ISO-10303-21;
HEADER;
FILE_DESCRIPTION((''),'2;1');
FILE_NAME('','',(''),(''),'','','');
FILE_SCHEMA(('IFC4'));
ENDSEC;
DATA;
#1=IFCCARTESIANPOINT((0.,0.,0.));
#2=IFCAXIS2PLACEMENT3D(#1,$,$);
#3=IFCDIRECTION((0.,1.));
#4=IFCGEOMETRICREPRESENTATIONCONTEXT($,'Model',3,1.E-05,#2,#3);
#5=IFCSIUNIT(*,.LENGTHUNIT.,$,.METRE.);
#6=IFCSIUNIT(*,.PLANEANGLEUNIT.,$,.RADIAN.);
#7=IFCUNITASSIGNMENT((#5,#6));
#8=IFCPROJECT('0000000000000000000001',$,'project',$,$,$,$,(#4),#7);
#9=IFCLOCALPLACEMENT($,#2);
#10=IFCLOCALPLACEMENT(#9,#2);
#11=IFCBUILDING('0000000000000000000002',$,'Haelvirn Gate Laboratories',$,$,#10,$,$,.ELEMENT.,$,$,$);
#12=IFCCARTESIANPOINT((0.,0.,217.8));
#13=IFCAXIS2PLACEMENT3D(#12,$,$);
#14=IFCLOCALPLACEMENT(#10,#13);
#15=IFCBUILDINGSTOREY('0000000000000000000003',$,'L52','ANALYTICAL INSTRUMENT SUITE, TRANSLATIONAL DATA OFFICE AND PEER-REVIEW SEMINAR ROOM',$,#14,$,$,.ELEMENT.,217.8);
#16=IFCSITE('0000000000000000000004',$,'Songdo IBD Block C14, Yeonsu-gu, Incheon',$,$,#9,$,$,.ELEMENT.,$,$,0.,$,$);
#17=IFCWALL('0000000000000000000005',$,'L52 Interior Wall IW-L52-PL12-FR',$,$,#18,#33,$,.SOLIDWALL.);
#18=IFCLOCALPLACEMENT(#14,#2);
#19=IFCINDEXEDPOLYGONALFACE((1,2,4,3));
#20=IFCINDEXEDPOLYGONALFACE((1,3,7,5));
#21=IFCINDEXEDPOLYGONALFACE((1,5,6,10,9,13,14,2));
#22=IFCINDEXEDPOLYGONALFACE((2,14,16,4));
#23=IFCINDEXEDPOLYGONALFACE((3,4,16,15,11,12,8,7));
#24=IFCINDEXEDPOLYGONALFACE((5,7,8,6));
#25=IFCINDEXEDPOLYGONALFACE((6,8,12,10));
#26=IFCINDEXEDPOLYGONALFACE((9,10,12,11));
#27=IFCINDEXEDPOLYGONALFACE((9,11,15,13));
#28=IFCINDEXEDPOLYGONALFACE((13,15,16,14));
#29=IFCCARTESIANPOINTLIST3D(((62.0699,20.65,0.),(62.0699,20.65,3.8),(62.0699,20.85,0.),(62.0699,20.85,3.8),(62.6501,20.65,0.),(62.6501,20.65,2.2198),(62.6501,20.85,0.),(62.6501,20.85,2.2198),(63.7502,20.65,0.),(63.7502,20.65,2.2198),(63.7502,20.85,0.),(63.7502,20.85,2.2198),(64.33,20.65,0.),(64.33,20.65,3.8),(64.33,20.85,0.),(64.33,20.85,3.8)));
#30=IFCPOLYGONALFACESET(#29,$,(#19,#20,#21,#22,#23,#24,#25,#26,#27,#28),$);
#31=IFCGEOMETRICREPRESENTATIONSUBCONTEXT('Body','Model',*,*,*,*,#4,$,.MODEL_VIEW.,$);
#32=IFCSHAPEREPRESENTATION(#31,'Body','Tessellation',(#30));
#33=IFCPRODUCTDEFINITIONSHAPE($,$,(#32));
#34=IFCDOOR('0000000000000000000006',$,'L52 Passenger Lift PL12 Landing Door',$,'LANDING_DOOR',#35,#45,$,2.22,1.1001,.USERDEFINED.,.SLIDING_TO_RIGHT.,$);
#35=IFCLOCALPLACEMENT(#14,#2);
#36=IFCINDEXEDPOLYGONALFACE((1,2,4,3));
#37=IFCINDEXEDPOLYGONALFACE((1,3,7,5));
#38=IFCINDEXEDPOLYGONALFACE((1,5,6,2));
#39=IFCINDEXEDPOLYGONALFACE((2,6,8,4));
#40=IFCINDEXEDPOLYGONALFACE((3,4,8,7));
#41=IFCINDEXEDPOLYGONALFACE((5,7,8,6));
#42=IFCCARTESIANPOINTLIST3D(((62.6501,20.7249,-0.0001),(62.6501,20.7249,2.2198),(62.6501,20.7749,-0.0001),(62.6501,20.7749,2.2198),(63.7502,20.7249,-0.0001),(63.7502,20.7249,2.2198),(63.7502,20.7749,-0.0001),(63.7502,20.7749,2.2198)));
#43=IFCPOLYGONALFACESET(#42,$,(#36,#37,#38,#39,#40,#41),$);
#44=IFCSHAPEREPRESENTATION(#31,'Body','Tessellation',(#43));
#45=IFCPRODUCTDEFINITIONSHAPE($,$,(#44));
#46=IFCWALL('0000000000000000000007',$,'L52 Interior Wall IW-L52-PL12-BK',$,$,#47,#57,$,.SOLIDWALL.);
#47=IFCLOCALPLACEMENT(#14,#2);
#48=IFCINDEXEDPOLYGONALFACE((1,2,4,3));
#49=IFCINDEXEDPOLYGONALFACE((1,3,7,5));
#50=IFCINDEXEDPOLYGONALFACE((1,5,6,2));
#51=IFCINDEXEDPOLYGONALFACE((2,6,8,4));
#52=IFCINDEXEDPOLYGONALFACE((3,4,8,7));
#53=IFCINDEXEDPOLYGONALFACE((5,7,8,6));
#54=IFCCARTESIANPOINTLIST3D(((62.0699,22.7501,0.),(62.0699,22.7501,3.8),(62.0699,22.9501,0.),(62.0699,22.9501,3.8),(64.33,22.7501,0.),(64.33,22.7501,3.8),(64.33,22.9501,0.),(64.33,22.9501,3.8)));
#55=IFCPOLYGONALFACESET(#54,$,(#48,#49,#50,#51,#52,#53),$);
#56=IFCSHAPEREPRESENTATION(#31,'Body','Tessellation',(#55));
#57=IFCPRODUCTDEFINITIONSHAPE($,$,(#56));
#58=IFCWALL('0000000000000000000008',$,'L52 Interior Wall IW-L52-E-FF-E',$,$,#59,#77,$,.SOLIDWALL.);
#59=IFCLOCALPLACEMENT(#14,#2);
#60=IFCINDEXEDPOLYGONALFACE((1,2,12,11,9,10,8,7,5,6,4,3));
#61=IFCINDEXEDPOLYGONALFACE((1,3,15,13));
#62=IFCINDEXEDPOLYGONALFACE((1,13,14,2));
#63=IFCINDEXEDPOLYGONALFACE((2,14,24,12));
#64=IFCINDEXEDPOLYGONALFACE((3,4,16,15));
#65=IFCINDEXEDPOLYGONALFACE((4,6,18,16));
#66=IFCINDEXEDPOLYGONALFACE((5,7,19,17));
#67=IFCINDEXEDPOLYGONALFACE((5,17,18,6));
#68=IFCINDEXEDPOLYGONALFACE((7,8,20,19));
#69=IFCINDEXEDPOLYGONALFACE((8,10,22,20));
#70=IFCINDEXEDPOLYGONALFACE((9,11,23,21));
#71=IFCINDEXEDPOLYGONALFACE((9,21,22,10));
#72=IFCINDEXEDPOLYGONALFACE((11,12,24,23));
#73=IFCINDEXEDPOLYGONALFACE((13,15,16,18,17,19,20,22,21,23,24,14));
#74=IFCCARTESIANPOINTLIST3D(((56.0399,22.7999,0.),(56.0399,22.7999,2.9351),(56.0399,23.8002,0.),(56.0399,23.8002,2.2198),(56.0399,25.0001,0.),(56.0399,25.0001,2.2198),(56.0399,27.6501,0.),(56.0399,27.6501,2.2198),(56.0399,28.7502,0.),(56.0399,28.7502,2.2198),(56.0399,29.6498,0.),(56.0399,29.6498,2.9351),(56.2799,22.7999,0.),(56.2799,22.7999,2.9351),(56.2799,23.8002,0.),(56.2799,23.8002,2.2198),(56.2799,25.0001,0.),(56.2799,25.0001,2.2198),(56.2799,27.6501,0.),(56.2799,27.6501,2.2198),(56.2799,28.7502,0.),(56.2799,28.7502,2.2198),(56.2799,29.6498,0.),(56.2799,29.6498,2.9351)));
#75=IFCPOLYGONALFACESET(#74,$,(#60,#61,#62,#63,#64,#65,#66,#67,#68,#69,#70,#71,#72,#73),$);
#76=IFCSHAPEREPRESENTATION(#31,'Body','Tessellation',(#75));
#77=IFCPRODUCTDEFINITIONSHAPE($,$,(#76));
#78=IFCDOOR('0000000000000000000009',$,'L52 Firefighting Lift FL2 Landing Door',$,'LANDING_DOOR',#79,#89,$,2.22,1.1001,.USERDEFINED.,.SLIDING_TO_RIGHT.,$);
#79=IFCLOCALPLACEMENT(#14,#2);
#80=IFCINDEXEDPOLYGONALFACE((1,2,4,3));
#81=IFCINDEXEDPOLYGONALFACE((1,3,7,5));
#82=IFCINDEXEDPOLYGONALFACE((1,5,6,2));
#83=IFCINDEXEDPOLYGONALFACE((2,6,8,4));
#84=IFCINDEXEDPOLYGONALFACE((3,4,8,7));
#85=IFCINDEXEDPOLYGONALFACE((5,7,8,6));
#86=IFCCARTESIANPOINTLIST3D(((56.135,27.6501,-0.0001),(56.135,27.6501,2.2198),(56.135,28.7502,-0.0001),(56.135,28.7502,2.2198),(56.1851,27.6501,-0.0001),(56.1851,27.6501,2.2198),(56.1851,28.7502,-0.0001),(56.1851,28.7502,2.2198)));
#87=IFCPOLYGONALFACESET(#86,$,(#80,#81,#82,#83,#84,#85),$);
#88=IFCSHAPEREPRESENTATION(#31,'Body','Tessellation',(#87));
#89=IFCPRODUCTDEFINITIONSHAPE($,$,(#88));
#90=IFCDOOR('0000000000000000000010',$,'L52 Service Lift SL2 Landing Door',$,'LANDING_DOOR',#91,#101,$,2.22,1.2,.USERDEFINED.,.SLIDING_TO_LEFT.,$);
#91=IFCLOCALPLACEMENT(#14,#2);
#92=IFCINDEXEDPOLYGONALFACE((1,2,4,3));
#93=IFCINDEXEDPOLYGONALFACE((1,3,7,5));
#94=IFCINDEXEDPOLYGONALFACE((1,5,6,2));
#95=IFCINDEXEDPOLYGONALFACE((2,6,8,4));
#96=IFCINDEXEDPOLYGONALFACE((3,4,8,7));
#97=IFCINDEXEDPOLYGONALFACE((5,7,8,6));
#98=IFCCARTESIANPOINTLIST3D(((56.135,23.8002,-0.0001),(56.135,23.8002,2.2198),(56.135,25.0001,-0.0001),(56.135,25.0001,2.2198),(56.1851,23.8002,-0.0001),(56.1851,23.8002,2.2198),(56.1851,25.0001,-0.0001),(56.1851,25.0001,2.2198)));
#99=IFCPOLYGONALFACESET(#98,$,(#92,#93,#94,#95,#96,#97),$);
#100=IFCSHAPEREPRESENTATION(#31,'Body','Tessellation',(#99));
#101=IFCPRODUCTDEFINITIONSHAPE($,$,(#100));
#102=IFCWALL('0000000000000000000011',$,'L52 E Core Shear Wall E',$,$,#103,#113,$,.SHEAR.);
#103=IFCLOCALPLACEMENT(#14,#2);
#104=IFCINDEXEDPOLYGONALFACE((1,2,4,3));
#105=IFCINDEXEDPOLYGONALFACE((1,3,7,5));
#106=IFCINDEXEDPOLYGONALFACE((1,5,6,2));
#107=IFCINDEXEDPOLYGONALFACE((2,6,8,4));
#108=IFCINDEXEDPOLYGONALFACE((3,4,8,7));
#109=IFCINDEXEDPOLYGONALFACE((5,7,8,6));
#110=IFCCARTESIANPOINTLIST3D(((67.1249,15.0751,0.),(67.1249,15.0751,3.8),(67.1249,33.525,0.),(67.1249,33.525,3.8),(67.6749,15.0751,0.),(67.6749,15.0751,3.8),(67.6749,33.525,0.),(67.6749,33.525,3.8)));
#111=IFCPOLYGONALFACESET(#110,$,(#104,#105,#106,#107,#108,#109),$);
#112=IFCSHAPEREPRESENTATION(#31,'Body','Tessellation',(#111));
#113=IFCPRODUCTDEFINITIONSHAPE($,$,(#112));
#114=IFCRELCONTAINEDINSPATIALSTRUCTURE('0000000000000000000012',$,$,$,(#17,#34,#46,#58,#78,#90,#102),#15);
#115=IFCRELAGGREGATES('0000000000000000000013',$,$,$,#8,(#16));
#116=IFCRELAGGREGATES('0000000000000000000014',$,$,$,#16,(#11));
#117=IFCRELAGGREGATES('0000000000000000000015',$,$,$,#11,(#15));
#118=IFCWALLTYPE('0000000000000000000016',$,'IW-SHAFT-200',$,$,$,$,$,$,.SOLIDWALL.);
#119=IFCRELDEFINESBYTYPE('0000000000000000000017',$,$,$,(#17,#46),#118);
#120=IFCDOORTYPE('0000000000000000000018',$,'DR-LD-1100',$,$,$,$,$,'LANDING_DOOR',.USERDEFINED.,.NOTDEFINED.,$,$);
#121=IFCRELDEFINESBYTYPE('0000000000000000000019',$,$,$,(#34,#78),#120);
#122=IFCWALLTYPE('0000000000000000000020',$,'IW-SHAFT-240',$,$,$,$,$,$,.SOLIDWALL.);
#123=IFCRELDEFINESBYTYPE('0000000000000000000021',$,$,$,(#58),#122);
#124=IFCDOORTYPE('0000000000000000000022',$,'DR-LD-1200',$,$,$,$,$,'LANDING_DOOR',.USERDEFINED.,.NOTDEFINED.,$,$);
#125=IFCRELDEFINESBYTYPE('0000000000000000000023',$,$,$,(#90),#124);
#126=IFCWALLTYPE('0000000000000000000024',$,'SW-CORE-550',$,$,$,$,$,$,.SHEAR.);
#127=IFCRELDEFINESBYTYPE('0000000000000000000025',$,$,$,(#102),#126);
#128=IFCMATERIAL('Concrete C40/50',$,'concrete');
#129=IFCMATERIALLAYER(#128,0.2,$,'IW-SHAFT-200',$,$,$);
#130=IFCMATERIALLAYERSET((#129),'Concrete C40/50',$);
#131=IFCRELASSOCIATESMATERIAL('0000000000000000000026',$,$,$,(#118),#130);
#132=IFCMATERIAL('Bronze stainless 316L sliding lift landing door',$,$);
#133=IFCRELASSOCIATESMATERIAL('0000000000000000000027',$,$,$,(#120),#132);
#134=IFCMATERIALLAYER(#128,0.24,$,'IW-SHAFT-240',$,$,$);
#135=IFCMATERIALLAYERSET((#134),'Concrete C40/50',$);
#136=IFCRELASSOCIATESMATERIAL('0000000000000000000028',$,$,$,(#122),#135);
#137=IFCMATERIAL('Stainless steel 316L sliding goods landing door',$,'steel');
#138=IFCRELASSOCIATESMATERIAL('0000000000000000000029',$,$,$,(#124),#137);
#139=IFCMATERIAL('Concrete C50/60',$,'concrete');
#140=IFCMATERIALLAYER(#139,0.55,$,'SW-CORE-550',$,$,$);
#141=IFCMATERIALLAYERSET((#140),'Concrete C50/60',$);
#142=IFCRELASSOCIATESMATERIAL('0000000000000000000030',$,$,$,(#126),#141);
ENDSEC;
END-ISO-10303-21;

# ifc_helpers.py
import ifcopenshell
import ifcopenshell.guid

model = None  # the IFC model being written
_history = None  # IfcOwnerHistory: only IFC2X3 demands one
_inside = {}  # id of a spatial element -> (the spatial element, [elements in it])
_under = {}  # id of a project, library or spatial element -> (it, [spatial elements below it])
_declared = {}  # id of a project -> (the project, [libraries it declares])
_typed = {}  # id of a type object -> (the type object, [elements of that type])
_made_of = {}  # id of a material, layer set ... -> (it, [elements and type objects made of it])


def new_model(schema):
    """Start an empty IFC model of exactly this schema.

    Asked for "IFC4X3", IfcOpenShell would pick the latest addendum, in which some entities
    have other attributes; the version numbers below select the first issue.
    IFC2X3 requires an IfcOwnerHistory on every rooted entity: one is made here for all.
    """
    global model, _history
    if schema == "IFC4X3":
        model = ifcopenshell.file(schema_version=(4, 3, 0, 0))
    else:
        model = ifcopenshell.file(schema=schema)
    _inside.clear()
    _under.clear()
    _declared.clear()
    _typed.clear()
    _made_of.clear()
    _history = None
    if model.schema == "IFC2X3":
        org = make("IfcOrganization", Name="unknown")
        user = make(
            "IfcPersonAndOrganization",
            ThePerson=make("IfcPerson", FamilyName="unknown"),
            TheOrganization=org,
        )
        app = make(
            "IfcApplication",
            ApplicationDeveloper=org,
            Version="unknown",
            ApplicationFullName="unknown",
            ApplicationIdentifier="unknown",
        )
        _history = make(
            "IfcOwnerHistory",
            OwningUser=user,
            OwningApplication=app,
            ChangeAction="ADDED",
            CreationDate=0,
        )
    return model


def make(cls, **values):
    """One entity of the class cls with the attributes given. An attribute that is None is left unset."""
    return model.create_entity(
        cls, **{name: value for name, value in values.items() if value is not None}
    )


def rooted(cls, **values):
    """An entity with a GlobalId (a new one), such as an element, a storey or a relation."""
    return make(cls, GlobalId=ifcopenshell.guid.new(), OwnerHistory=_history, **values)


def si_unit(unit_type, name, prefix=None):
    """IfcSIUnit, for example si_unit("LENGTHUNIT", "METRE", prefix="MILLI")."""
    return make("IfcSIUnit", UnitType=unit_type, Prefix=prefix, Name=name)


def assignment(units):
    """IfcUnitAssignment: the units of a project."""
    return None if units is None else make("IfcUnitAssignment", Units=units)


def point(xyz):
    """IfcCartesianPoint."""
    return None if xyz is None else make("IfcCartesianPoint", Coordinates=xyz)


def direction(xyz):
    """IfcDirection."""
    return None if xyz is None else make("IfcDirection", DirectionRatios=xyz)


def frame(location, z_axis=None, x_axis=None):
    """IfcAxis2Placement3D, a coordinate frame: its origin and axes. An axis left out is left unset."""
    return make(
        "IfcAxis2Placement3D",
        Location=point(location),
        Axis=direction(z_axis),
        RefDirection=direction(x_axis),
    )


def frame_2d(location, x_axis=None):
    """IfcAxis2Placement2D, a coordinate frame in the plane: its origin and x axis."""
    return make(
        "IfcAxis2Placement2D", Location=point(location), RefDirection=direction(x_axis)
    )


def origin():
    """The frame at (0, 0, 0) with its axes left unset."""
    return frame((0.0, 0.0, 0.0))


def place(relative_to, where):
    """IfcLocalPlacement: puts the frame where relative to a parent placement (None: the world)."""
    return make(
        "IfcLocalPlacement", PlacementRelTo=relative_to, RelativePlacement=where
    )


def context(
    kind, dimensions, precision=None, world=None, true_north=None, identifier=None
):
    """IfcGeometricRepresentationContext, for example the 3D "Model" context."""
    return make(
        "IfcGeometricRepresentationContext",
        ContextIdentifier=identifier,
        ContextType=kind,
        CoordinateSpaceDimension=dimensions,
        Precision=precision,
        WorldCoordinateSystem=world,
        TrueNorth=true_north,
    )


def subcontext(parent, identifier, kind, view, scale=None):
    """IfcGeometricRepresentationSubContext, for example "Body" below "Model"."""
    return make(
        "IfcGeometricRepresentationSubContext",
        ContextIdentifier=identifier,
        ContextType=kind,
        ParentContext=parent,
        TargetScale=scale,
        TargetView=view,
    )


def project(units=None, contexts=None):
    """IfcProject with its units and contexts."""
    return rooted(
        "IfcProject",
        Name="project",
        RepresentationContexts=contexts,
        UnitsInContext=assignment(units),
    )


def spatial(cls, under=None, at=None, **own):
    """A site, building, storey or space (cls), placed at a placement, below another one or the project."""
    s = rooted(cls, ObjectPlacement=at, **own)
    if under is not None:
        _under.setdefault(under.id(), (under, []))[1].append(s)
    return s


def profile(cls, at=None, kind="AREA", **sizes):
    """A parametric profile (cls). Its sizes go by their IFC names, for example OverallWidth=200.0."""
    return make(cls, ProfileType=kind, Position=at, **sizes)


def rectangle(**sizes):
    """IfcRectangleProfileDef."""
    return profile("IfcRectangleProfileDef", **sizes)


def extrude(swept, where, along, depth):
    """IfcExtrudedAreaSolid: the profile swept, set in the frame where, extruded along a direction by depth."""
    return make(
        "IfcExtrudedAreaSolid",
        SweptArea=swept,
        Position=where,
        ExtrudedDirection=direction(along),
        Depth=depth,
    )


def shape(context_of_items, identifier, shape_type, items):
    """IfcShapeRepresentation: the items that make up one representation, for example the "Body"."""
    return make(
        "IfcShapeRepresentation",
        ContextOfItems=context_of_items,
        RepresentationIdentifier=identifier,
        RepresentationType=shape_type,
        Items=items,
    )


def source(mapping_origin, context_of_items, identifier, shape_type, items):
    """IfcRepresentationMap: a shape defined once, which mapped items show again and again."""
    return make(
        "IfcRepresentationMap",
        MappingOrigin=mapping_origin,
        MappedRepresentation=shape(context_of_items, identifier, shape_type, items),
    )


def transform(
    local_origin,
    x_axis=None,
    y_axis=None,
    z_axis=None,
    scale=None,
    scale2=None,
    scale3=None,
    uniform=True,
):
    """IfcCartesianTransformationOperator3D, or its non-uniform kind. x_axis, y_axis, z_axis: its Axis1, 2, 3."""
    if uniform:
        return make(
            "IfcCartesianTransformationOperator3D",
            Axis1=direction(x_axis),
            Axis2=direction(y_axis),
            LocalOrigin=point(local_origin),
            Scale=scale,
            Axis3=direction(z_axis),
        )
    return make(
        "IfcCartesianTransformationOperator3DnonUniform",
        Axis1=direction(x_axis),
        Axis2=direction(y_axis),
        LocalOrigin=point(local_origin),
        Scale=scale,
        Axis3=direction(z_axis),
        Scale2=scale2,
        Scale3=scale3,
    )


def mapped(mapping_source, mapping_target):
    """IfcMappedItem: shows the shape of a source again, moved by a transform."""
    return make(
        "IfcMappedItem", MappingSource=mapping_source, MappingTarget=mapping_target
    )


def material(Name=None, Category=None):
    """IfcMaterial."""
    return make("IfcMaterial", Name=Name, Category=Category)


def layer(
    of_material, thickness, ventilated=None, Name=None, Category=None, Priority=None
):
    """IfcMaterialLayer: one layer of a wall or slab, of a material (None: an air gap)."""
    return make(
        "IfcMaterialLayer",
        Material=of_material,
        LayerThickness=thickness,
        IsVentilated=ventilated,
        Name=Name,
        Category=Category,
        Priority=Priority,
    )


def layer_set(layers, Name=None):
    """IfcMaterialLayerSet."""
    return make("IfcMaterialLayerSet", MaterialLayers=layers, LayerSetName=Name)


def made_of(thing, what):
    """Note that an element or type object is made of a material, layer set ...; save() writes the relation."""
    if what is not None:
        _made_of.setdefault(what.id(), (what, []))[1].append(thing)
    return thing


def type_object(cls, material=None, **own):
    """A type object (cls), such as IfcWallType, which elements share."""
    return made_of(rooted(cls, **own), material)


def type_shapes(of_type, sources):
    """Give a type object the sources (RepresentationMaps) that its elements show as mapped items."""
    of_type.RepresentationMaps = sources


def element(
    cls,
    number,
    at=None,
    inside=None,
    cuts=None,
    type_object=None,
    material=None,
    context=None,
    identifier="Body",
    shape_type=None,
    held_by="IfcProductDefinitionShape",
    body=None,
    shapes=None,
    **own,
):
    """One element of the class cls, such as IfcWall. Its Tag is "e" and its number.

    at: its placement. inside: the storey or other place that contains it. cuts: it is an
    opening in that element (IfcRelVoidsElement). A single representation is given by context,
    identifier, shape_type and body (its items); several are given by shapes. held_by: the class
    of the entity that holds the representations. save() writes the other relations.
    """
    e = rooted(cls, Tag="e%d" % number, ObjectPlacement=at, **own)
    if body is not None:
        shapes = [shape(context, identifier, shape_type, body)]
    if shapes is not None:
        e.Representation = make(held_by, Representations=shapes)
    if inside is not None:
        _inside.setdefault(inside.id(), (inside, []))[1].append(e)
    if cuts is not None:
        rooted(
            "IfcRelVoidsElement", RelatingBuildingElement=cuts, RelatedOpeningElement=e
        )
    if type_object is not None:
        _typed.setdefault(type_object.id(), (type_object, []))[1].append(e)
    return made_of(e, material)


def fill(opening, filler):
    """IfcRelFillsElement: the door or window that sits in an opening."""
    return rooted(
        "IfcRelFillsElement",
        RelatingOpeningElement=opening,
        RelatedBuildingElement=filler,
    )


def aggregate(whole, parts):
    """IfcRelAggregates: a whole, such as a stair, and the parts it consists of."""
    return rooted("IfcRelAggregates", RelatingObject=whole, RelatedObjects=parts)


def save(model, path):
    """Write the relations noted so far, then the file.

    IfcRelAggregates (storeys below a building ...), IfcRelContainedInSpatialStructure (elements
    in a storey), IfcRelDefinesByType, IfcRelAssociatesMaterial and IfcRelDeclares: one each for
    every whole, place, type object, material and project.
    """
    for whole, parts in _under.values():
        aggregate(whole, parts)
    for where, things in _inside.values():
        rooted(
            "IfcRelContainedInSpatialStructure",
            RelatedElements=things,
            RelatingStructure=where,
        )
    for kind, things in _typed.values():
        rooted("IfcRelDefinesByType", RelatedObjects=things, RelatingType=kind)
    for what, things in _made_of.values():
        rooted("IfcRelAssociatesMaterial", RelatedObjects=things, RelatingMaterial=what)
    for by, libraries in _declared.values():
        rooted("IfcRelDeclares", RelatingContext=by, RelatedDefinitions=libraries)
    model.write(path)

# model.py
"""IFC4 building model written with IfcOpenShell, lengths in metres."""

from ifc_helpers import new_model, si_unit, direction, frame, frame_2d, origin, place, context, subcontext, project, spatial, rectangle, extrude, source, transform, mapped, material, layer, layer_set, type_object, type_shapes, element, fill, save


model = new_model("IFC4")

# Units and contexts
model_context = context("Model", 3, precision=1e-05, world=origin(), true_north=direction((0.0, 1.0)))
body_context = subcontext(model_context, "Body", "Model", "MODEL_VIEW")
ifc_project = project(units=[si_unit("LENGTHUNIT", "METRE"), si_unit("PLANEANGLEUNIT", "RADIAN")], contexts=[model_context])

# Site, building, storey
site_placement = place(None, origin())
site = spatial("IfcSite", under=ifc_project, at=site_placement, Name="Songdo IBD Block C14, Yeonsu-gu, Incheon", CompositionType="ELEMENT", RefElevation=0.0)
building_placement = place(site_placement, origin())
building = spatial("IfcBuilding", under=site, at=building_placement, Name="Haelvirn Gate Laboratories", CompositionType="ELEMENT")
storey_placement = place(building_placement, frame((0.0, 0.0, 217.8)))
storey = spatial("IfcBuildingStorey", under=building, at=storey_placement, Name="L52", Description="ANALYTICAL INSTRUMENT SUITE, TRANSLATIONAL DATA OFFICE AND PEER-REVIEW SEMINAR ROOM", CompositionType="ELEMENT", Elevation=217.8)

# Shared definitions
ifc_material_1 = material(Name="Concrete C50/60", Category="concrete")

# Shared definitions
ifc_material_2 = material(Name="Concrete C40/50", Category="concrete")

# Shared definitions
ifc_layer_1 = layer(ifc_material_2, 0.2, Name="IW-SHAFT-200")
ifc_layer_set_1 = layer_set([ifc_layer_1], Name="Concrete C40/50")
wall_type_1 = type_object("IfcWallType", Name="IW-SHAFT-200", PredefinedType="SOLIDWALL", material=ifc_layer_set_1)
ifc_material_3 = material(Name="Bronze stainless 316L sliding lift landing door")
door_type_1 = type_object("IfcDoorType", Name="DR-LD-1100", ElementType="LANDING_DOOR", OperationType="NOTDEFINED", PredefinedType="USERDEFINED", material=ifc_material_3)
shared_shape_1 = source(origin(), body_context, "Body", "SweptSolid", [
    extrude(rectangle(XDim=1.1001, YDim=2.22, at=frame_2d((0.55, 1.1099))), frame((0.0, 0.0249, 0.0), z_axis=(0.0, -1.0, 0.0), x_axis=(1.0, 0.0, 0.0)), (0.0, 0.0, 1.0), 0.05),
])
type_shapes(door_type_1, [shared_shape_1])

# Wall, opening, door
wall_1_placement = place(storey_placement, frame((62.0701, 20.75, 0.0), z_axis=(0.0, 0.0, 1.0), x_axis=(1.0, 0.0, 0.0)))
wall_1 = element("IfcWall", 1, at=wall_1_placement, inside=storey, type_object=wall_type_1, Name="L52 Interior Wall IW-L52-PL12-FR", PredefinedType="SOLIDWALL", context=body_context, shape_type="SweptSolid", body=[
    extrude(rectangle(XDim=2.26, YDim=0.2, at=frame_2d((1.1299, 0.0))), origin(), (0.0, 0.0, 1.0), 3.8),
])
opening_1_placement = place(wall_1_placement, frame((0.5801, 0.0, 0.0)))
opening_1 = element("IfcOpeningElement", 2, at=opening_1_placement, cuts=wall_1, PredefinedType="OPENING", context=body_context, shape_type="SweptSolid", body=[
    extrude(rectangle(XDim=1.1001, YDim=2.22, at=frame_2d((0.55, 1.1099))), frame((0.0, 0.1099, 0.0), z_axis=(0.0, -1.0, 0.0), x_axis=(1.0, 0.0, 0.0)), (0.0, 0.0, 1.0), 0.22),
])
door_1_placement = place(opening_1_placement, origin())
door_1 = element("IfcDoor", 3, at=door_1_placement, inside=storey, type_object=door_type_1, Name="L52 Passenger Lift PL12 Landing Door", ObjectType="LANDING_DOOR", OperationType="SLIDING_TO_RIGHT", OverallHeight=2.22, OverallWidth=1.1001, PredefinedType="USERDEFINED", context=body_context, shape_type="MappedRepresentation", body=[
    mapped(shared_shape_1, transform((0.0, 0.0, 0.0), scale=1.0)),
])
fill(opening_1, door_1)

# Wall
wall_2_placement = place(storey_placement, frame((62.0701, 22.8501, 0.0), z_axis=(0.0, 0.0, 1.0), x_axis=(1.0, 0.0, 0.0)))
element("IfcWall", 4, at=wall_2_placement, inside=storey, type_object=wall_type_1, Name="L52 Interior Wall IW-L52-PL12-BK", PredefinedType="SOLIDWALL", context=body_context, shape_type="SweptSolid", body=[
    extrude(rectangle(XDim=2.26, YDim=0.2, at=frame_2d((1.1299, 0.0))), origin(), (0.0, 0.0, 1.0), 3.8),
])

# Wall, openings, doors
ifc_layer_2 = layer(ifc_material_2, 0.24, Name="IW-SHAFT-240")
ifc_layer_set_2 = layer_set([ifc_layer_2], Name="Concrete C40/50")
wall_type_2 = type_object("IfcWallType", Name="IW-SHAFT-240", PredefinedType="SOLIDWALL", material=ifc_layer_set_2)
wall_3_placement = place(storey_placement, frame((56.1599, 22.8, 0.0), z_axis=(0.0, 0.0, 1.0), x_axis=(0.0, 1.0, 0.0)))
wall_3 = element("IfcWall", 5, at=wall_3_placement, inside=storey, type_object=wall_type_2, Name="L52 Interior Wall IW-L52-E-FF-E", PredefinedType="SOLIDWALL", context=body_context, shape_type="SweptSolid", body=[
    extrude(rectangle(XDim=6.8499, YDim=0.24, at=frame_2d((3.4248, 0.0))), origin(), (0.0, 0.0, 1.0), 2.9351),
])
opening_2_placement = place(wall_3_placement, frame((4.8501, 0.0, 0.0)))
opening_2 = element("IfcOpeningElement", 6, at=opening_2_placement, cuts=wall_3, PredefinedType="OPENING", context=body_context, shape_type="SweptSolid", body=[
    extrude(rectangle(XDim=1.1001, YDim=2.22, at=frame_2d((0.55, 1.1099))), frame((0.0, 0.1299, 0.0), z_axis=(0.0, -1.0, 0.0), x_axis=(1.0, 0.0, 0.0)), (0.0, 0.0, 1.0), 0.26),
])
opening_3_placement = place(wall_3_placement, frame((1.0, 0.0, 0.0)))
opening_3 = element("IfcOpeningElement", 7, at=opening_3_placement, cuts=wall_3, PredefinedType="OPENING", context=body_context, shape_type="SweptSolid", body=[
    extrude(rectangle(XDim=1.2, YDim=2.22, at=frame_2d((0.6001, 1.1099))), frame((0.0, 0.1299, 0.0), z_axis=(0.0, -1.0, 0.0), x_axis=(1.0, 0.0, 0.0)), (0.0, 0.0, 1.0), 0.26),
])
door_2_placement = place(opening_2_placement, origin())
door_2 = element("IfcDoor", 8, at=door_2_placement, inside=storey, type_object=door_type_1, Name="L52 Firefighting Lift FL2 Landing Door", ObjectType="LANDING_DOOR", OperationType="SLIDING_TO_RIGHT", OverallHeight=2.22, OverallWidth=1.1001, PredefinedType="USERDEFINED", context=body_context, shape_type="MappedRepresentation", body=[
    mapped(shared_shape_1, transform((0.0, 0.0, 0.0), scale=1.0)),
])
fill(opening_2, door_2)
ifc_material_4 = material(Name="Stainless steel 316L sliding goods landing door", Category="steel")
door_type_2 = type_object("IfcDoorType", Name="DR-LD-1200", ElementType="LANDING_DOOR", OperationType="NOTDEFINED", PredefinedType="USERDEFINED", material=ifc_material_4)
shared_shape_2 = source(origin(), body_context, "Body", "SweptSolid", [
    extrude(rectangle(XDim=1.2, YDim=2.22, at=frame_2d((0.6001, 1.1099))), frame((0.0, 0.0249, 0.0), z_axis=(0.0, -1.0, 0.0), x_axis=(1.0, 0.0, 0.0)), (0.0, 0.0, 1.0), 0.05),
])
type_shapes(door_type_2, [shared_shape_2])
door_3_placement = place(opening_3_placement, origin())
door_3 = element("IfcDoor", 9, at=door_3_placement, inside=storey, type_object=door_type_2, Name="L52 Service Lift SL2 Landing Door", ObjectType="LANDING_DOOR", OperationType="SLIDING_TO_LEFT", OverallHeight=2.22, OverallWidth=1.2, PredefinedType="USERDEFINED", context=body_context, shape_type="MappedRepresentation", body=[
    mapped(shared_shape_2, transform((0.0, 0.0, 0.0), scale=1.0)),
])
fill(opening_3, door_3)

# Wall
ifc_layer_3 = layer(ifc_material_1, 0.55, Name="SW-CORE-550")
ifc_layer_set_3 = layer_set([ifc_layer_3], Name="Concrete C50/60")
wall_type_3 = type_object("IfcWallType", Name="SW-CORE-550", PredefinedType="SHEAR", material=ifc_layer_set_3)
wall_4_placement = place(storey_placement, frame((67.3999, 15.075, 0.0), z_axis=(0.0, 0.0, 1.0), x_axis=(0.0, 1.0, 0.0)))
element("IfcWall", 10, at=wall_4_placement, inside=storey, type_object=wall_type_3, Name="L52 E Core Shear Wall E", PredefinedType="SHEAR", context=body_context, shape_type="SweptSolid", body=[
    extrude(rectangle(XDim=18.45, YDim=0.55, at=frame_2d((9.2251, 0.0))), origin(), (0.0, 0.0, 1.0), 3.8),
])

save(model, "model.ifc")
